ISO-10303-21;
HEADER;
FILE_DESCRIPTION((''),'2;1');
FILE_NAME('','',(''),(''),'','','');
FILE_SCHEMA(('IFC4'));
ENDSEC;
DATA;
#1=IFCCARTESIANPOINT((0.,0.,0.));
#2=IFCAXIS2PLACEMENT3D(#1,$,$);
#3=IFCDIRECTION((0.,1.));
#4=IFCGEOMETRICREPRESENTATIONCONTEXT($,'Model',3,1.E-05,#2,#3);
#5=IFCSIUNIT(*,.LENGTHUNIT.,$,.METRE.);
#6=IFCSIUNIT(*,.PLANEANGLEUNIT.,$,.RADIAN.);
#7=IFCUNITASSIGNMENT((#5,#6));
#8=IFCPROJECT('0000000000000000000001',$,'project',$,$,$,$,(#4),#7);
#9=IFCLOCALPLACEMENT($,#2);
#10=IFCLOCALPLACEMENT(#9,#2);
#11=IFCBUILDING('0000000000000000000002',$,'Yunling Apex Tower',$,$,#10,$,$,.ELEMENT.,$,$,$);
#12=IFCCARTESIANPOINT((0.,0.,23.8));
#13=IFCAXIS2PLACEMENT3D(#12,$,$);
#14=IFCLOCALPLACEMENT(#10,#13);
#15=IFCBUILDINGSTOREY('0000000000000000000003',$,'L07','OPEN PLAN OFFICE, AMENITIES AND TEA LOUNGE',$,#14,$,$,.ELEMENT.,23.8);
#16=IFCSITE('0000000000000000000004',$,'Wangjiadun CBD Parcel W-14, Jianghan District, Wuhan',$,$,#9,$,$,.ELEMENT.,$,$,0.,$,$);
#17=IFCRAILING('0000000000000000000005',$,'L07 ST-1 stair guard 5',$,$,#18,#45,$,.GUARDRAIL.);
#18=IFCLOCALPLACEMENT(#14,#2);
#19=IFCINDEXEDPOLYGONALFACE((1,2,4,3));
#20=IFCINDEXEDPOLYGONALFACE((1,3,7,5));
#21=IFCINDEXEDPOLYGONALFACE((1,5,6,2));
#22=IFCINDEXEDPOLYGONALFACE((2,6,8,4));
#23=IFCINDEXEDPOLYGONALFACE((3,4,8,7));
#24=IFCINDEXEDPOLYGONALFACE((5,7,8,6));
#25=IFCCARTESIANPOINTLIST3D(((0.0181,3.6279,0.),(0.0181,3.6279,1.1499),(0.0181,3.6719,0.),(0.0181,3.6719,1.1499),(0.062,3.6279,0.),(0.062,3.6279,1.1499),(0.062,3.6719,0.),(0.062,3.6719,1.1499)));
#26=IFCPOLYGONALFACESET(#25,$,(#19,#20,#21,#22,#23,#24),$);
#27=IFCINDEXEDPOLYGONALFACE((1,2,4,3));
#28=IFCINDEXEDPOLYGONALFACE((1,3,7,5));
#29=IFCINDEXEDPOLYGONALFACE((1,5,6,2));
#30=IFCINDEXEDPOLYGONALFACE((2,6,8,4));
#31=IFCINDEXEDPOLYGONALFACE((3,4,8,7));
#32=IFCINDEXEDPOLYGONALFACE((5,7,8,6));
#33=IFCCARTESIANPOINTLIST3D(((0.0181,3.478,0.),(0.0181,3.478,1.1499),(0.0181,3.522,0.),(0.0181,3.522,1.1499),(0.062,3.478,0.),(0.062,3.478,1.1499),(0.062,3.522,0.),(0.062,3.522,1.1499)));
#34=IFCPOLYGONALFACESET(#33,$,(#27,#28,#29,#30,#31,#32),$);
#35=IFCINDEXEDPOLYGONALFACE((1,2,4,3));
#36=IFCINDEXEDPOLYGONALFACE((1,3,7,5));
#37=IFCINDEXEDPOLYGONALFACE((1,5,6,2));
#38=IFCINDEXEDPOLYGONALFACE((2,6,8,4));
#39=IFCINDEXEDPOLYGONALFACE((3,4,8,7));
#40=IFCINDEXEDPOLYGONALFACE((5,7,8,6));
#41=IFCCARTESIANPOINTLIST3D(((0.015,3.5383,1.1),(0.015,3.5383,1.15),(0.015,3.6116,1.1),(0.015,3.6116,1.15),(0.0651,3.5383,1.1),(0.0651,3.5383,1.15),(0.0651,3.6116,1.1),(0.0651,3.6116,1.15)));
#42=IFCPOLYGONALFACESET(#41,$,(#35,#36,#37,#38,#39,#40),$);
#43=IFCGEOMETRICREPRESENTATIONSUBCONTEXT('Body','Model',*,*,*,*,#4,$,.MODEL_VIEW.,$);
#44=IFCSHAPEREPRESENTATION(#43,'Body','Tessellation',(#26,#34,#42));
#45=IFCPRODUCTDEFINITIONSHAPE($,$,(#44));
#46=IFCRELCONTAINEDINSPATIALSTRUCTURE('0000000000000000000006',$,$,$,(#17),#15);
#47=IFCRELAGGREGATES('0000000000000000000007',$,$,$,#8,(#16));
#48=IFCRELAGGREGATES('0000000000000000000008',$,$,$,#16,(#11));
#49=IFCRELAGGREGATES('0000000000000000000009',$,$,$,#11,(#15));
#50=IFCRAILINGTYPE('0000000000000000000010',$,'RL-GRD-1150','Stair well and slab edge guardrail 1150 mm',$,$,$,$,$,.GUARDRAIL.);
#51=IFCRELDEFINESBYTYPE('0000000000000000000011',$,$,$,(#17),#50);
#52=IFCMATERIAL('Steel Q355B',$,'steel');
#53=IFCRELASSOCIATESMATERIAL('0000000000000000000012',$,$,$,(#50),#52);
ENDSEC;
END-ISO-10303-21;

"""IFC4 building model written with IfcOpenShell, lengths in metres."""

from ifc_helpers import new_model, si_unit, direction, frame, origin, origin_2d, place, context, subcontext, project, spatial, rectangle, extrude, material, type_object, element, save


model = new_model("IFC4")

# Units and contexts
model_context = context("Model", 3, precision=1e-05, world=origin(), true_north=direction((0.0, 1.0)))
body_context = subcontext(model_context, "Body", "Model", "MODEL_VIEW")
ifc_project = project(units=[si_unit("LENGTHUNIT", "METRE"), si_unit("PLANEANGLEUNIT", "RADIAN")], contexts=[model_context])

# Site, building, storey
site_placement = place(None, origin())
site = spatial("IfcSite", under=ifc_project, at=site_placement, Name="Wangjiadun CBD Parcel W-14, Jianghan District, Wuhan", CompositionType="ELEMENT", RefElevation=0.0)
building_placement = place(site_placement, origin())
building = spatial("IfcBuilding", under=site, at=building_placement, Name="Yunling Apex Tower", CompositionType="ELEMENT")
storey_placement = place(building_placement, frame((0.0, 0.0, 23.8)))
storey = spatial("IfcBuildingStorey", under=building, at=storey_placement, Name="L07", Description="OPEN PLAN OFFICE, AMENITIES AND TEA LOUNGE", CompositionType="ELEMENT", Elevation=23.8)

# Shared definitions
ifc_material_1 = material(Name="Steel Q355B", Category="steel")

# Railing
railing_type_1 = type_object("IfcRailingType", Name="RL-GRD-1150", Description="Stair well and slab edge guardrail 1150 mm", PredefinedType="GUARDRAIL", material=ifc_material_1)
railing_1_placement = place(storey_placement, frame((0.04, 3.6499, 0.0)))
element("IfcRailing", 1, at=railing_1_placement, inside=storey, type_object=railing_type_1, Name="L07 ST-1 stair guard 5", PredefinedType="GUARDRAIL", context=body_context, shape_type="SweptSolid", body=[
    extrude(rectangle(XDim=0.0439, YDim=0.0439, at=origin_2d()), origin(), (0.0, 0.0, 1.0), 1.1499),
    extrude(rectangle(XDim=0.0439, YDim=0.0439, at=origin_2d()), frame((0.0, -0.1499, 0.0)), (0.0, 0.0, 1.0), 1.1499),
    extrude(rectangle(XDim=0.05, YDim=0.05, at=origin_2d()), frame((0.0, -0.0383, 1.125), z_axis=(0.0, -1.0, 0.0), x_axis=(1.0, 0.0, 0.0)), (0.0, 0.0, 1.0), 0.0732),
])

save(model, "model.ifc")
